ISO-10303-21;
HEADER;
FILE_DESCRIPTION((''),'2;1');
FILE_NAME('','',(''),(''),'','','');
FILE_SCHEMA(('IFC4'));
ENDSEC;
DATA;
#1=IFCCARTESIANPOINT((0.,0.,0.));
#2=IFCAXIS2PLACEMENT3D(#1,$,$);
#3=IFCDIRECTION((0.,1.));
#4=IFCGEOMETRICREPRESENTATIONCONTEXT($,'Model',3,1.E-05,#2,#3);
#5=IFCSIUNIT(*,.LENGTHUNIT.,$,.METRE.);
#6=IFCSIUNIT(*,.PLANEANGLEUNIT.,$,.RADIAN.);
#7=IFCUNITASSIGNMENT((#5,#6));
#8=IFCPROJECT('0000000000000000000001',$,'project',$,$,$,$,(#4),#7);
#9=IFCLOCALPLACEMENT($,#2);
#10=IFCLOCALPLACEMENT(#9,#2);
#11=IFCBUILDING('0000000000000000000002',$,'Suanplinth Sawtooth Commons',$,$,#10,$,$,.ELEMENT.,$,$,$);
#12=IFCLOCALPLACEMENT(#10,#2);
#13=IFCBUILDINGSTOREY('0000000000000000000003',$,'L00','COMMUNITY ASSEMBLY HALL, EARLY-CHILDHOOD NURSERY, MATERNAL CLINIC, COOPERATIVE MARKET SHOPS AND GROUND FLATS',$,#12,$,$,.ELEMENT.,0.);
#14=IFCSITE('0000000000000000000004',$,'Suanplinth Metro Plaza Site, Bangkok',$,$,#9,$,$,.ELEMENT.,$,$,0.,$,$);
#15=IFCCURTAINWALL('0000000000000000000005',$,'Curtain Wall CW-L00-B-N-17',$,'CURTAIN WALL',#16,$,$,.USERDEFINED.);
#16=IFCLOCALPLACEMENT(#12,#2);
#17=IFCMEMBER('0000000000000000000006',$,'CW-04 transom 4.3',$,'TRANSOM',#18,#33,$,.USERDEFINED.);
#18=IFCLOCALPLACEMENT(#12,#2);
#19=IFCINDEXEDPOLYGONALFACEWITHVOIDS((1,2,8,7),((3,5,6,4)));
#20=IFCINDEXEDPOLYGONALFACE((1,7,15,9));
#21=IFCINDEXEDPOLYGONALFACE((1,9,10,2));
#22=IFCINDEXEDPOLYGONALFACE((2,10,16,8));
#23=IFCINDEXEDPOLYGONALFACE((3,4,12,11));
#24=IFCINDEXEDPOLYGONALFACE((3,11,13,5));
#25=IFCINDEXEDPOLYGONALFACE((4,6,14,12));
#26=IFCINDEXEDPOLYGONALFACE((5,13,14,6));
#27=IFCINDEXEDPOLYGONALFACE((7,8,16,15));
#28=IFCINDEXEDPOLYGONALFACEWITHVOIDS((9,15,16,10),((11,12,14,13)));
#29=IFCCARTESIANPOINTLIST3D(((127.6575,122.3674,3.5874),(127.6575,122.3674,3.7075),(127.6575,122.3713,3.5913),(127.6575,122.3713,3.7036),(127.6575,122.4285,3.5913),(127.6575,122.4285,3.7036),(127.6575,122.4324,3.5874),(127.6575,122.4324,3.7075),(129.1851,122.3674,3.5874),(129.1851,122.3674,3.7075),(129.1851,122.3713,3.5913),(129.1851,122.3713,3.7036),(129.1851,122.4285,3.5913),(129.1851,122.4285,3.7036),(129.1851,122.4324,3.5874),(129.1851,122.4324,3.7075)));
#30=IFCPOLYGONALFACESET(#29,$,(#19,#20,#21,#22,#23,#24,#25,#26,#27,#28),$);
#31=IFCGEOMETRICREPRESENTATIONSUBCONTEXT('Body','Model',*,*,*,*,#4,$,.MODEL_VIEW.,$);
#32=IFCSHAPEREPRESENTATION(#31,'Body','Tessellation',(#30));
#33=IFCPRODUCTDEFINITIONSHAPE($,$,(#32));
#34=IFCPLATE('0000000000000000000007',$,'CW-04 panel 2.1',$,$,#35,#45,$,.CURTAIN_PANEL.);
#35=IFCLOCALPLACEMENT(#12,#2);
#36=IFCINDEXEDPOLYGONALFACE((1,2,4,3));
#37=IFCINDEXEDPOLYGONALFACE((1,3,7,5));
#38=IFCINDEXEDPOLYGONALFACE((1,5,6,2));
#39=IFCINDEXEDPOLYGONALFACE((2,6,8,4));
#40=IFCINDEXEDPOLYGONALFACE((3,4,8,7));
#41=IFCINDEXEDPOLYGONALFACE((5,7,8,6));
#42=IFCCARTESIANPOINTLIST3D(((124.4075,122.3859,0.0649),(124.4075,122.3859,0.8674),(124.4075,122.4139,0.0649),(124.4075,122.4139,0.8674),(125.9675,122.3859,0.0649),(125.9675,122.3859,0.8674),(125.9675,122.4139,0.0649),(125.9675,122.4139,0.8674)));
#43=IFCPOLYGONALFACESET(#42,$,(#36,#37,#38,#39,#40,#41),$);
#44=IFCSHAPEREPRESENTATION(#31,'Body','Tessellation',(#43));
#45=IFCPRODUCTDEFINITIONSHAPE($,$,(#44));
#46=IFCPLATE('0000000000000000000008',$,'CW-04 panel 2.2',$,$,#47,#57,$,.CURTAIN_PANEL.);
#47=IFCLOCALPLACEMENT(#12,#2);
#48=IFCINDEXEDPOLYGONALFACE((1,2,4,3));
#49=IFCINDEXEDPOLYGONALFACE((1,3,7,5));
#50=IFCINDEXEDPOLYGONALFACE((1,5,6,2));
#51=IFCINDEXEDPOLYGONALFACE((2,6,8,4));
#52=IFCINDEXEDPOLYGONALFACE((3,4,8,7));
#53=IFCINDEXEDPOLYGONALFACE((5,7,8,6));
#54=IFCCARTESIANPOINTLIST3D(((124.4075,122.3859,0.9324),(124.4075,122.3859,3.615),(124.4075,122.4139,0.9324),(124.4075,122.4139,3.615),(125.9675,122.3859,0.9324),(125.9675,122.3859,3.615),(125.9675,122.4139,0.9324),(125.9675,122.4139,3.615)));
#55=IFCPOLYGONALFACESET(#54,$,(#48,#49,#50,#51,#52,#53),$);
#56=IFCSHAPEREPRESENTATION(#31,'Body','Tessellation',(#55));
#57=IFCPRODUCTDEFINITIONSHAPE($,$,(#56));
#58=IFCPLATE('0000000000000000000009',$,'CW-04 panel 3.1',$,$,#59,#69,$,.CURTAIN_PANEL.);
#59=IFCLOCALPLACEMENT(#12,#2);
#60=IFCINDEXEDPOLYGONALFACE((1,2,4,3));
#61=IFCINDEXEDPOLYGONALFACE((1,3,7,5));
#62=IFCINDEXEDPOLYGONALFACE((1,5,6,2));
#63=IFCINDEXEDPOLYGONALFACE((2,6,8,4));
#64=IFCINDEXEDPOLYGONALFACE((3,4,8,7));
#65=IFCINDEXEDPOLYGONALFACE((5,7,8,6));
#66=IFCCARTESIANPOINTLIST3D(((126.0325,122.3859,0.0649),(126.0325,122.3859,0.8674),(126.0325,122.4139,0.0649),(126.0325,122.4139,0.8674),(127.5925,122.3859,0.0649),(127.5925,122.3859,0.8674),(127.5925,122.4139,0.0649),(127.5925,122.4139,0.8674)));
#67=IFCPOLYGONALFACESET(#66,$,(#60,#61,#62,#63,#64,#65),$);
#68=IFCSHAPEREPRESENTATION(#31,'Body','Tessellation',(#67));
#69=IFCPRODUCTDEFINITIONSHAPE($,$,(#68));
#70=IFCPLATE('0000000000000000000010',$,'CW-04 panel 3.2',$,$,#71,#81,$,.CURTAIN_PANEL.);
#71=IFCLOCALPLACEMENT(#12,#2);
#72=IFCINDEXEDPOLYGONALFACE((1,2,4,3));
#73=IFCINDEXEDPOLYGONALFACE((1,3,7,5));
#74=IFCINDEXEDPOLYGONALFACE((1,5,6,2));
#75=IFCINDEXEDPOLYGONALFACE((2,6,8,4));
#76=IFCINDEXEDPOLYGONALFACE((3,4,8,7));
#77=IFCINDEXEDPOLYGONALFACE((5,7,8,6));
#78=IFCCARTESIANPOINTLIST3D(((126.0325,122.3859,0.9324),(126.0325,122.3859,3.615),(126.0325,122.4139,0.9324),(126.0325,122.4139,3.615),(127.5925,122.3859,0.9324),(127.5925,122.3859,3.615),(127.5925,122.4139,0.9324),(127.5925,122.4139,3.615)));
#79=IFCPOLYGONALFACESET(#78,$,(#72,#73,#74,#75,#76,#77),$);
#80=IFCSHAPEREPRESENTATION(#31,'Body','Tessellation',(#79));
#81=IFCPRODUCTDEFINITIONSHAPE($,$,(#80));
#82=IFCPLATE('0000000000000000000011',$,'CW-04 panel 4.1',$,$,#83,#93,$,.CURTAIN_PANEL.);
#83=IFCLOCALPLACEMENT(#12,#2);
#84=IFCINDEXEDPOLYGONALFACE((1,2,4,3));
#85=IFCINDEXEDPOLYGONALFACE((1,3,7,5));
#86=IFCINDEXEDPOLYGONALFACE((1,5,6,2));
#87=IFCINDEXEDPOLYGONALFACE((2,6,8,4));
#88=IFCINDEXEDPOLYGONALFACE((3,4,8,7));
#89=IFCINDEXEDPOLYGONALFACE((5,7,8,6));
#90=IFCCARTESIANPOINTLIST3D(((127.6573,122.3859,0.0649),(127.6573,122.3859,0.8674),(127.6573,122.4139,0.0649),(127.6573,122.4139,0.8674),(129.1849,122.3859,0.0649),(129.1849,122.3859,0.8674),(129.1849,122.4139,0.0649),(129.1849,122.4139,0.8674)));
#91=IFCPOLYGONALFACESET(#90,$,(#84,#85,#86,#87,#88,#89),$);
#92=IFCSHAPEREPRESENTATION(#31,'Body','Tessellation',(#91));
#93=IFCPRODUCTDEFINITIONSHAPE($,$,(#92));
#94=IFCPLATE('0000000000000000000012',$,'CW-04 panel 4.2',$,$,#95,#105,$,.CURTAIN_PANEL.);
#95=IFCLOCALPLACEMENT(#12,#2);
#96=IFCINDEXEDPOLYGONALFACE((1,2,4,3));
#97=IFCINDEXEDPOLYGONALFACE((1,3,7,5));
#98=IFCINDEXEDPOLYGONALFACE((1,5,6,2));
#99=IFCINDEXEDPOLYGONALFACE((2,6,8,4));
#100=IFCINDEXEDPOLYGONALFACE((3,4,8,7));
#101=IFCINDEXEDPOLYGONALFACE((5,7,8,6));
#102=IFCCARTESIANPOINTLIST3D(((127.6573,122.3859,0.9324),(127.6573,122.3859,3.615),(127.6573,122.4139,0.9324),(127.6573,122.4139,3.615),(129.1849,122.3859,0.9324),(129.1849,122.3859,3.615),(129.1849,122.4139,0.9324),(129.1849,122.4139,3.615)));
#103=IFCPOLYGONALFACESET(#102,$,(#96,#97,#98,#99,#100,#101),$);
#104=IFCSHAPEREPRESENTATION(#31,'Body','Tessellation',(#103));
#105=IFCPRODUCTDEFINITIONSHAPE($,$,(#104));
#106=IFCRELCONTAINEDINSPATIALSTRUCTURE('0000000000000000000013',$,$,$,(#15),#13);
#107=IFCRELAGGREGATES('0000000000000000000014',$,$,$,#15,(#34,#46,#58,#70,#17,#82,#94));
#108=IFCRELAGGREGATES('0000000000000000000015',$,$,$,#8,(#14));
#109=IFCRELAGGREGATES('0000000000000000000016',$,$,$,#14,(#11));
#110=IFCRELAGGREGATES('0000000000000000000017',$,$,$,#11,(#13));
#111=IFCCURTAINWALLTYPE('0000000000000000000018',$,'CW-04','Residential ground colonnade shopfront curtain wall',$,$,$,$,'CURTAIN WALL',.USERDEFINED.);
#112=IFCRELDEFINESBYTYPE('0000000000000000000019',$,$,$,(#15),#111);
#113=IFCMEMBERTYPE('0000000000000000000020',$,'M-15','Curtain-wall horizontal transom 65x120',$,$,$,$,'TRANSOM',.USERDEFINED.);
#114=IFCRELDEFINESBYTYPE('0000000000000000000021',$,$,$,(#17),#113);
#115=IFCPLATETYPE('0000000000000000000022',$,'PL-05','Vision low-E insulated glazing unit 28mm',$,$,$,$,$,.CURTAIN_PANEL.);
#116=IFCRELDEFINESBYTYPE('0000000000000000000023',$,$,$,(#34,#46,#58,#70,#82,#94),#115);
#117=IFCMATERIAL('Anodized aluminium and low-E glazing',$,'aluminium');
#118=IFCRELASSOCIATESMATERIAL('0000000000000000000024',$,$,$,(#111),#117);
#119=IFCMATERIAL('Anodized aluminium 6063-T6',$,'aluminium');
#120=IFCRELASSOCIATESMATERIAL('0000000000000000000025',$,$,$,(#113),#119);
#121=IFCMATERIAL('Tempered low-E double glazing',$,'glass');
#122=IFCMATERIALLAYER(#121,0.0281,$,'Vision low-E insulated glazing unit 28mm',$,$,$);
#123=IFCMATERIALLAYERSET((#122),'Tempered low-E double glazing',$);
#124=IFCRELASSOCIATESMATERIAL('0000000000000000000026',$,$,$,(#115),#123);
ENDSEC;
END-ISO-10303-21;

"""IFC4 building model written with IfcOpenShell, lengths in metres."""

from ifc_helpers import new_model, si_unit, direction, frame, origin, origin_2d, place, context, subcontext, project, spatial, rectangle, hollow_rectangle, extrude, material, layer, layer_set, material_profile, profile_set, type_object, element, aggregate, save


model = new_model("IFC4")

# Units and contexts
model_context = context("Model", 3, precision=1e-05, world=origin(), true_north=direction((0.0, 1.0)))
body_context = subcontext(model_context, "Body", "Model", "MODEL_VIEW")
ifc_project = project(units=[si_unit("LENGTHUNIT", "METRE"), si_unit("PLANEANGLEUNIT", "RADIAN")], contexts=[model_context])

# Site, building, storey
site_placement = place(None, origin())
site = spatial("IfcSite", under=ifc_project, at=site_placement, Name="Suanplinth Metro Plaza Site, Bangkok", CompositionType="ELEMENT", RefElevation=0.0)
building_placement = place(site_placement, origin())
building = spatial("IfcBuilding", under=site, at=building_placement, Name="Suanplinth Sawtooth Commons", CompositionType="ELEMENT")
storey_placement = place(building_placement, origin())
storey = spatial("IfcBuildingStorey", under=building, at=storey_placement, Name="L00", Description="COMMUNITY ASSEMBLY HALL, EARLY-CHILDHOOD NURSERY, MATERNAL CLINIC, COOPERATIVE MARKET SHOPS AND GROUND FLATS", CompositionType="ELEMENT", Elevation=0.0)

# Curtain wall, member, plates
ifc_material_1 = material(Name="Anodized aluminium and low-E glazing", Category="aluminium")
curtain_wall_type = type_object("IfcCurtainWallType", Name="CW-04", Description="Residential ground colonnade shopfront curtain wall", ElementType="CURTAIN WALL", PredefinedType="USERDEFINED", material=ifc_material_1)
curtain_wall_placement = place(storey_placement, origin())
curtain_wall = element("IfcCurtainWall", 1, at=curtain_wall_placement, inside=storey, type_object=curtain_wall_type, Name="Curtain Wall CW-L00-B-N-17", ObjectType="CURTAIN WALL", PredefinedType="USERDEFINED")
ifc_material_2 = material(Name="Anodized aluminium 6063-T6", Category="aluminium")
ifc_material_profile_1 = material_profile(ifc_material_2, hollow_rectangle(XDim=0.0649, YDim=0.1201, WallThickness=0.0039, at=origin_2d()), Name="ALU-TRN 65x120")
ifc_profile_set_1 = profile_set([ifc_material_profile_1], Name="Anodized aluminium 6063-T6")
member_type_1 = type_object("IfcMemberType", Name="M-15", Description="Curtain-wall horizontal transom 65x120", ElementType="TRANSOM", PredefinedType="USERDEFINED", material=ifc_profile_set_1)
member_1_placement = place(storey_placement, frame((127.6575, 122.3999, 3.6475), z_axis=(1.0, 0.0, 0.0), x_axis=(0.0, 1.0, 0.0)))
member_1 = element("IfcMember", 2, at=member_1_placement, type_object=member_type_1, Name="CW-04 transom 4.3", ObjectType="TRANSOM", PredefinedType="USERDEFINED", context=body_context, shape_type="SweptSolid", body=[
    extrude(hollow_rectangle(XDim=0.0649, YDim=0.1201, WallThickness=0.0039, at=origin_2d()), origin(), (0.0, 0.0, 1.0), 1.5276),
])
ifc_material_3 = material(Name="Tempered low-E double glazing", Category="glass")
ifc_layer = layer(ifc_material_3, 0.0281, Name="Vision low-E insulated glazing unit 28mm")
ifc_layer_set = layer_set([ifc_layer], Name="Tempered low-E double glazing")
plate_type = type_object("IfcPlateType", Name="PL-05", Description="Vision low-E insulated glazing unit 28mm", PredefinedType="CURTAIN_PANEL", material=ifc_layer_set)
plate_1_placement = place(storey_placement, frame((125.1875, 122.3999, 0.0649), z_axis=(0.0, 0.0, 1.0), x_axis=(1.0, 0.0, 0.0)))
plate_1 = element("IfcPlate", 3, at=plate_1_placement, type_object=plate_type, Name="CW-04 panel 2.1", PredefinedType="CURTAIN_PANEL", context=body_context, shape_type="SweptSolid", body=[
    extrude(rectangle(XDim=1.5601, YDim=0.0281, at=origin_2d()), origin(), (0.0, 0.0, 1.0), 0.8025),
])
plate_2_placement = place(storey_placement, frame((125.1875, 122.3999, 0.9324), z_axis=(0.0, 0.0, 1.0), x_axis=(1.0, 0.0, 0.0)))
plate_2 = element("IfcPlate", 4, at=plate_2_placement, type_object=plate_type, Name="CW-04 panel 2.2", PredefinedType="CURTAIN_PANEL", context=body_context, shape_type="SweptSolid", body=[
    extrude(rectangle(XDim=1.5601, YDim=0.0281, at=origin_2d()), origin(), (0.0, 0.0, 1.0), 2.6826),
])
plate_3_placement = place(storey_placement, frame((126.8125, 122.3999, 0.0649), z_axis=(0.0, 0.0, 1.0), x_axis=(1.0, 0.0, 0.0)))
plate_3 = element("IfcPlate", 5, at=plate_3_placement, type_object=plate_type, Name="CW-04 panel 3.1", PredefinedType="CURTAIN_PANEL", context=body_context, shape_type="SweptSolid", body=[
    extrude(rectangle(XDim=1.5601, YDim=0.0281, at=origin_2d()), origin(), (0.0, 0.0, 1.0), 0.8025),
])
plate_4_placement = place(storey_placement, frame((126.8125, 122.3999, 0.9324), z_axis=(0.0, 0.0, 1.0), x_axis=(1.0, 0.0, 0.0)))
plate_4 = element("IfcPlate", 6, at=plate_4_placement, type_object=plate_type, Name="CW-04 panel 3.2", PredefinedType="CURTAIN_PANEL", context=body_context, shape_type="SweptSolid", body=[
    extrude(rectangle(XDim=1.5601, YDim=0.0281, at=origin_2d()), origin(), (0.0, 0.0, 1.0), 2.6826),
])
plate_5_placement = place(storey_placement, frame((128.4211, 122.3999, 0.0649), z_axis=(0.0, 0.0, 1.0), x_axis=(1.0, 0.0, 0.0)))
plate_5 = element("IfcPlate", 7, at=plate_5_placement, type_object=plate_type, Name="CW-04 panel 4.1", PredefinedType="CURTAIN_PANEL", context=body_context, shape_type="SweptSolid", body=[
    extrude(rectangle(XDim=1.5276, YDim=0.0281, at=origin_2d()), origin(), (0.0, 0.0, 1.0), 0.8025),
])
plate_6_placement = place(storey_placement, frame((128.4211, 122.3999, 0.9324), z_axis=(0.0, 0.0, 1.0), x_axis=(1.0, 0.0, 0.0)))
plate_6 = element("IfcPlate", 8, at=plate_6_placement, type_object=plate_type, Name="CW-04 panel 4.2", PredefinedType="CURTAIN_PANEL", context=body_context, shape_type="SweptSolid", body=[
    extrude(rectangle(XDim=1.5276, YDim=0.0281, at=origin_2d()), origin(), (0.0, 0.0, 1.0), 2.6826),
])
aggregate(curtain_wall, [plate_1, plate_2, plate_3, plate_4, member_1, plate_5, plate_6])

save(model, "model.ifc")
